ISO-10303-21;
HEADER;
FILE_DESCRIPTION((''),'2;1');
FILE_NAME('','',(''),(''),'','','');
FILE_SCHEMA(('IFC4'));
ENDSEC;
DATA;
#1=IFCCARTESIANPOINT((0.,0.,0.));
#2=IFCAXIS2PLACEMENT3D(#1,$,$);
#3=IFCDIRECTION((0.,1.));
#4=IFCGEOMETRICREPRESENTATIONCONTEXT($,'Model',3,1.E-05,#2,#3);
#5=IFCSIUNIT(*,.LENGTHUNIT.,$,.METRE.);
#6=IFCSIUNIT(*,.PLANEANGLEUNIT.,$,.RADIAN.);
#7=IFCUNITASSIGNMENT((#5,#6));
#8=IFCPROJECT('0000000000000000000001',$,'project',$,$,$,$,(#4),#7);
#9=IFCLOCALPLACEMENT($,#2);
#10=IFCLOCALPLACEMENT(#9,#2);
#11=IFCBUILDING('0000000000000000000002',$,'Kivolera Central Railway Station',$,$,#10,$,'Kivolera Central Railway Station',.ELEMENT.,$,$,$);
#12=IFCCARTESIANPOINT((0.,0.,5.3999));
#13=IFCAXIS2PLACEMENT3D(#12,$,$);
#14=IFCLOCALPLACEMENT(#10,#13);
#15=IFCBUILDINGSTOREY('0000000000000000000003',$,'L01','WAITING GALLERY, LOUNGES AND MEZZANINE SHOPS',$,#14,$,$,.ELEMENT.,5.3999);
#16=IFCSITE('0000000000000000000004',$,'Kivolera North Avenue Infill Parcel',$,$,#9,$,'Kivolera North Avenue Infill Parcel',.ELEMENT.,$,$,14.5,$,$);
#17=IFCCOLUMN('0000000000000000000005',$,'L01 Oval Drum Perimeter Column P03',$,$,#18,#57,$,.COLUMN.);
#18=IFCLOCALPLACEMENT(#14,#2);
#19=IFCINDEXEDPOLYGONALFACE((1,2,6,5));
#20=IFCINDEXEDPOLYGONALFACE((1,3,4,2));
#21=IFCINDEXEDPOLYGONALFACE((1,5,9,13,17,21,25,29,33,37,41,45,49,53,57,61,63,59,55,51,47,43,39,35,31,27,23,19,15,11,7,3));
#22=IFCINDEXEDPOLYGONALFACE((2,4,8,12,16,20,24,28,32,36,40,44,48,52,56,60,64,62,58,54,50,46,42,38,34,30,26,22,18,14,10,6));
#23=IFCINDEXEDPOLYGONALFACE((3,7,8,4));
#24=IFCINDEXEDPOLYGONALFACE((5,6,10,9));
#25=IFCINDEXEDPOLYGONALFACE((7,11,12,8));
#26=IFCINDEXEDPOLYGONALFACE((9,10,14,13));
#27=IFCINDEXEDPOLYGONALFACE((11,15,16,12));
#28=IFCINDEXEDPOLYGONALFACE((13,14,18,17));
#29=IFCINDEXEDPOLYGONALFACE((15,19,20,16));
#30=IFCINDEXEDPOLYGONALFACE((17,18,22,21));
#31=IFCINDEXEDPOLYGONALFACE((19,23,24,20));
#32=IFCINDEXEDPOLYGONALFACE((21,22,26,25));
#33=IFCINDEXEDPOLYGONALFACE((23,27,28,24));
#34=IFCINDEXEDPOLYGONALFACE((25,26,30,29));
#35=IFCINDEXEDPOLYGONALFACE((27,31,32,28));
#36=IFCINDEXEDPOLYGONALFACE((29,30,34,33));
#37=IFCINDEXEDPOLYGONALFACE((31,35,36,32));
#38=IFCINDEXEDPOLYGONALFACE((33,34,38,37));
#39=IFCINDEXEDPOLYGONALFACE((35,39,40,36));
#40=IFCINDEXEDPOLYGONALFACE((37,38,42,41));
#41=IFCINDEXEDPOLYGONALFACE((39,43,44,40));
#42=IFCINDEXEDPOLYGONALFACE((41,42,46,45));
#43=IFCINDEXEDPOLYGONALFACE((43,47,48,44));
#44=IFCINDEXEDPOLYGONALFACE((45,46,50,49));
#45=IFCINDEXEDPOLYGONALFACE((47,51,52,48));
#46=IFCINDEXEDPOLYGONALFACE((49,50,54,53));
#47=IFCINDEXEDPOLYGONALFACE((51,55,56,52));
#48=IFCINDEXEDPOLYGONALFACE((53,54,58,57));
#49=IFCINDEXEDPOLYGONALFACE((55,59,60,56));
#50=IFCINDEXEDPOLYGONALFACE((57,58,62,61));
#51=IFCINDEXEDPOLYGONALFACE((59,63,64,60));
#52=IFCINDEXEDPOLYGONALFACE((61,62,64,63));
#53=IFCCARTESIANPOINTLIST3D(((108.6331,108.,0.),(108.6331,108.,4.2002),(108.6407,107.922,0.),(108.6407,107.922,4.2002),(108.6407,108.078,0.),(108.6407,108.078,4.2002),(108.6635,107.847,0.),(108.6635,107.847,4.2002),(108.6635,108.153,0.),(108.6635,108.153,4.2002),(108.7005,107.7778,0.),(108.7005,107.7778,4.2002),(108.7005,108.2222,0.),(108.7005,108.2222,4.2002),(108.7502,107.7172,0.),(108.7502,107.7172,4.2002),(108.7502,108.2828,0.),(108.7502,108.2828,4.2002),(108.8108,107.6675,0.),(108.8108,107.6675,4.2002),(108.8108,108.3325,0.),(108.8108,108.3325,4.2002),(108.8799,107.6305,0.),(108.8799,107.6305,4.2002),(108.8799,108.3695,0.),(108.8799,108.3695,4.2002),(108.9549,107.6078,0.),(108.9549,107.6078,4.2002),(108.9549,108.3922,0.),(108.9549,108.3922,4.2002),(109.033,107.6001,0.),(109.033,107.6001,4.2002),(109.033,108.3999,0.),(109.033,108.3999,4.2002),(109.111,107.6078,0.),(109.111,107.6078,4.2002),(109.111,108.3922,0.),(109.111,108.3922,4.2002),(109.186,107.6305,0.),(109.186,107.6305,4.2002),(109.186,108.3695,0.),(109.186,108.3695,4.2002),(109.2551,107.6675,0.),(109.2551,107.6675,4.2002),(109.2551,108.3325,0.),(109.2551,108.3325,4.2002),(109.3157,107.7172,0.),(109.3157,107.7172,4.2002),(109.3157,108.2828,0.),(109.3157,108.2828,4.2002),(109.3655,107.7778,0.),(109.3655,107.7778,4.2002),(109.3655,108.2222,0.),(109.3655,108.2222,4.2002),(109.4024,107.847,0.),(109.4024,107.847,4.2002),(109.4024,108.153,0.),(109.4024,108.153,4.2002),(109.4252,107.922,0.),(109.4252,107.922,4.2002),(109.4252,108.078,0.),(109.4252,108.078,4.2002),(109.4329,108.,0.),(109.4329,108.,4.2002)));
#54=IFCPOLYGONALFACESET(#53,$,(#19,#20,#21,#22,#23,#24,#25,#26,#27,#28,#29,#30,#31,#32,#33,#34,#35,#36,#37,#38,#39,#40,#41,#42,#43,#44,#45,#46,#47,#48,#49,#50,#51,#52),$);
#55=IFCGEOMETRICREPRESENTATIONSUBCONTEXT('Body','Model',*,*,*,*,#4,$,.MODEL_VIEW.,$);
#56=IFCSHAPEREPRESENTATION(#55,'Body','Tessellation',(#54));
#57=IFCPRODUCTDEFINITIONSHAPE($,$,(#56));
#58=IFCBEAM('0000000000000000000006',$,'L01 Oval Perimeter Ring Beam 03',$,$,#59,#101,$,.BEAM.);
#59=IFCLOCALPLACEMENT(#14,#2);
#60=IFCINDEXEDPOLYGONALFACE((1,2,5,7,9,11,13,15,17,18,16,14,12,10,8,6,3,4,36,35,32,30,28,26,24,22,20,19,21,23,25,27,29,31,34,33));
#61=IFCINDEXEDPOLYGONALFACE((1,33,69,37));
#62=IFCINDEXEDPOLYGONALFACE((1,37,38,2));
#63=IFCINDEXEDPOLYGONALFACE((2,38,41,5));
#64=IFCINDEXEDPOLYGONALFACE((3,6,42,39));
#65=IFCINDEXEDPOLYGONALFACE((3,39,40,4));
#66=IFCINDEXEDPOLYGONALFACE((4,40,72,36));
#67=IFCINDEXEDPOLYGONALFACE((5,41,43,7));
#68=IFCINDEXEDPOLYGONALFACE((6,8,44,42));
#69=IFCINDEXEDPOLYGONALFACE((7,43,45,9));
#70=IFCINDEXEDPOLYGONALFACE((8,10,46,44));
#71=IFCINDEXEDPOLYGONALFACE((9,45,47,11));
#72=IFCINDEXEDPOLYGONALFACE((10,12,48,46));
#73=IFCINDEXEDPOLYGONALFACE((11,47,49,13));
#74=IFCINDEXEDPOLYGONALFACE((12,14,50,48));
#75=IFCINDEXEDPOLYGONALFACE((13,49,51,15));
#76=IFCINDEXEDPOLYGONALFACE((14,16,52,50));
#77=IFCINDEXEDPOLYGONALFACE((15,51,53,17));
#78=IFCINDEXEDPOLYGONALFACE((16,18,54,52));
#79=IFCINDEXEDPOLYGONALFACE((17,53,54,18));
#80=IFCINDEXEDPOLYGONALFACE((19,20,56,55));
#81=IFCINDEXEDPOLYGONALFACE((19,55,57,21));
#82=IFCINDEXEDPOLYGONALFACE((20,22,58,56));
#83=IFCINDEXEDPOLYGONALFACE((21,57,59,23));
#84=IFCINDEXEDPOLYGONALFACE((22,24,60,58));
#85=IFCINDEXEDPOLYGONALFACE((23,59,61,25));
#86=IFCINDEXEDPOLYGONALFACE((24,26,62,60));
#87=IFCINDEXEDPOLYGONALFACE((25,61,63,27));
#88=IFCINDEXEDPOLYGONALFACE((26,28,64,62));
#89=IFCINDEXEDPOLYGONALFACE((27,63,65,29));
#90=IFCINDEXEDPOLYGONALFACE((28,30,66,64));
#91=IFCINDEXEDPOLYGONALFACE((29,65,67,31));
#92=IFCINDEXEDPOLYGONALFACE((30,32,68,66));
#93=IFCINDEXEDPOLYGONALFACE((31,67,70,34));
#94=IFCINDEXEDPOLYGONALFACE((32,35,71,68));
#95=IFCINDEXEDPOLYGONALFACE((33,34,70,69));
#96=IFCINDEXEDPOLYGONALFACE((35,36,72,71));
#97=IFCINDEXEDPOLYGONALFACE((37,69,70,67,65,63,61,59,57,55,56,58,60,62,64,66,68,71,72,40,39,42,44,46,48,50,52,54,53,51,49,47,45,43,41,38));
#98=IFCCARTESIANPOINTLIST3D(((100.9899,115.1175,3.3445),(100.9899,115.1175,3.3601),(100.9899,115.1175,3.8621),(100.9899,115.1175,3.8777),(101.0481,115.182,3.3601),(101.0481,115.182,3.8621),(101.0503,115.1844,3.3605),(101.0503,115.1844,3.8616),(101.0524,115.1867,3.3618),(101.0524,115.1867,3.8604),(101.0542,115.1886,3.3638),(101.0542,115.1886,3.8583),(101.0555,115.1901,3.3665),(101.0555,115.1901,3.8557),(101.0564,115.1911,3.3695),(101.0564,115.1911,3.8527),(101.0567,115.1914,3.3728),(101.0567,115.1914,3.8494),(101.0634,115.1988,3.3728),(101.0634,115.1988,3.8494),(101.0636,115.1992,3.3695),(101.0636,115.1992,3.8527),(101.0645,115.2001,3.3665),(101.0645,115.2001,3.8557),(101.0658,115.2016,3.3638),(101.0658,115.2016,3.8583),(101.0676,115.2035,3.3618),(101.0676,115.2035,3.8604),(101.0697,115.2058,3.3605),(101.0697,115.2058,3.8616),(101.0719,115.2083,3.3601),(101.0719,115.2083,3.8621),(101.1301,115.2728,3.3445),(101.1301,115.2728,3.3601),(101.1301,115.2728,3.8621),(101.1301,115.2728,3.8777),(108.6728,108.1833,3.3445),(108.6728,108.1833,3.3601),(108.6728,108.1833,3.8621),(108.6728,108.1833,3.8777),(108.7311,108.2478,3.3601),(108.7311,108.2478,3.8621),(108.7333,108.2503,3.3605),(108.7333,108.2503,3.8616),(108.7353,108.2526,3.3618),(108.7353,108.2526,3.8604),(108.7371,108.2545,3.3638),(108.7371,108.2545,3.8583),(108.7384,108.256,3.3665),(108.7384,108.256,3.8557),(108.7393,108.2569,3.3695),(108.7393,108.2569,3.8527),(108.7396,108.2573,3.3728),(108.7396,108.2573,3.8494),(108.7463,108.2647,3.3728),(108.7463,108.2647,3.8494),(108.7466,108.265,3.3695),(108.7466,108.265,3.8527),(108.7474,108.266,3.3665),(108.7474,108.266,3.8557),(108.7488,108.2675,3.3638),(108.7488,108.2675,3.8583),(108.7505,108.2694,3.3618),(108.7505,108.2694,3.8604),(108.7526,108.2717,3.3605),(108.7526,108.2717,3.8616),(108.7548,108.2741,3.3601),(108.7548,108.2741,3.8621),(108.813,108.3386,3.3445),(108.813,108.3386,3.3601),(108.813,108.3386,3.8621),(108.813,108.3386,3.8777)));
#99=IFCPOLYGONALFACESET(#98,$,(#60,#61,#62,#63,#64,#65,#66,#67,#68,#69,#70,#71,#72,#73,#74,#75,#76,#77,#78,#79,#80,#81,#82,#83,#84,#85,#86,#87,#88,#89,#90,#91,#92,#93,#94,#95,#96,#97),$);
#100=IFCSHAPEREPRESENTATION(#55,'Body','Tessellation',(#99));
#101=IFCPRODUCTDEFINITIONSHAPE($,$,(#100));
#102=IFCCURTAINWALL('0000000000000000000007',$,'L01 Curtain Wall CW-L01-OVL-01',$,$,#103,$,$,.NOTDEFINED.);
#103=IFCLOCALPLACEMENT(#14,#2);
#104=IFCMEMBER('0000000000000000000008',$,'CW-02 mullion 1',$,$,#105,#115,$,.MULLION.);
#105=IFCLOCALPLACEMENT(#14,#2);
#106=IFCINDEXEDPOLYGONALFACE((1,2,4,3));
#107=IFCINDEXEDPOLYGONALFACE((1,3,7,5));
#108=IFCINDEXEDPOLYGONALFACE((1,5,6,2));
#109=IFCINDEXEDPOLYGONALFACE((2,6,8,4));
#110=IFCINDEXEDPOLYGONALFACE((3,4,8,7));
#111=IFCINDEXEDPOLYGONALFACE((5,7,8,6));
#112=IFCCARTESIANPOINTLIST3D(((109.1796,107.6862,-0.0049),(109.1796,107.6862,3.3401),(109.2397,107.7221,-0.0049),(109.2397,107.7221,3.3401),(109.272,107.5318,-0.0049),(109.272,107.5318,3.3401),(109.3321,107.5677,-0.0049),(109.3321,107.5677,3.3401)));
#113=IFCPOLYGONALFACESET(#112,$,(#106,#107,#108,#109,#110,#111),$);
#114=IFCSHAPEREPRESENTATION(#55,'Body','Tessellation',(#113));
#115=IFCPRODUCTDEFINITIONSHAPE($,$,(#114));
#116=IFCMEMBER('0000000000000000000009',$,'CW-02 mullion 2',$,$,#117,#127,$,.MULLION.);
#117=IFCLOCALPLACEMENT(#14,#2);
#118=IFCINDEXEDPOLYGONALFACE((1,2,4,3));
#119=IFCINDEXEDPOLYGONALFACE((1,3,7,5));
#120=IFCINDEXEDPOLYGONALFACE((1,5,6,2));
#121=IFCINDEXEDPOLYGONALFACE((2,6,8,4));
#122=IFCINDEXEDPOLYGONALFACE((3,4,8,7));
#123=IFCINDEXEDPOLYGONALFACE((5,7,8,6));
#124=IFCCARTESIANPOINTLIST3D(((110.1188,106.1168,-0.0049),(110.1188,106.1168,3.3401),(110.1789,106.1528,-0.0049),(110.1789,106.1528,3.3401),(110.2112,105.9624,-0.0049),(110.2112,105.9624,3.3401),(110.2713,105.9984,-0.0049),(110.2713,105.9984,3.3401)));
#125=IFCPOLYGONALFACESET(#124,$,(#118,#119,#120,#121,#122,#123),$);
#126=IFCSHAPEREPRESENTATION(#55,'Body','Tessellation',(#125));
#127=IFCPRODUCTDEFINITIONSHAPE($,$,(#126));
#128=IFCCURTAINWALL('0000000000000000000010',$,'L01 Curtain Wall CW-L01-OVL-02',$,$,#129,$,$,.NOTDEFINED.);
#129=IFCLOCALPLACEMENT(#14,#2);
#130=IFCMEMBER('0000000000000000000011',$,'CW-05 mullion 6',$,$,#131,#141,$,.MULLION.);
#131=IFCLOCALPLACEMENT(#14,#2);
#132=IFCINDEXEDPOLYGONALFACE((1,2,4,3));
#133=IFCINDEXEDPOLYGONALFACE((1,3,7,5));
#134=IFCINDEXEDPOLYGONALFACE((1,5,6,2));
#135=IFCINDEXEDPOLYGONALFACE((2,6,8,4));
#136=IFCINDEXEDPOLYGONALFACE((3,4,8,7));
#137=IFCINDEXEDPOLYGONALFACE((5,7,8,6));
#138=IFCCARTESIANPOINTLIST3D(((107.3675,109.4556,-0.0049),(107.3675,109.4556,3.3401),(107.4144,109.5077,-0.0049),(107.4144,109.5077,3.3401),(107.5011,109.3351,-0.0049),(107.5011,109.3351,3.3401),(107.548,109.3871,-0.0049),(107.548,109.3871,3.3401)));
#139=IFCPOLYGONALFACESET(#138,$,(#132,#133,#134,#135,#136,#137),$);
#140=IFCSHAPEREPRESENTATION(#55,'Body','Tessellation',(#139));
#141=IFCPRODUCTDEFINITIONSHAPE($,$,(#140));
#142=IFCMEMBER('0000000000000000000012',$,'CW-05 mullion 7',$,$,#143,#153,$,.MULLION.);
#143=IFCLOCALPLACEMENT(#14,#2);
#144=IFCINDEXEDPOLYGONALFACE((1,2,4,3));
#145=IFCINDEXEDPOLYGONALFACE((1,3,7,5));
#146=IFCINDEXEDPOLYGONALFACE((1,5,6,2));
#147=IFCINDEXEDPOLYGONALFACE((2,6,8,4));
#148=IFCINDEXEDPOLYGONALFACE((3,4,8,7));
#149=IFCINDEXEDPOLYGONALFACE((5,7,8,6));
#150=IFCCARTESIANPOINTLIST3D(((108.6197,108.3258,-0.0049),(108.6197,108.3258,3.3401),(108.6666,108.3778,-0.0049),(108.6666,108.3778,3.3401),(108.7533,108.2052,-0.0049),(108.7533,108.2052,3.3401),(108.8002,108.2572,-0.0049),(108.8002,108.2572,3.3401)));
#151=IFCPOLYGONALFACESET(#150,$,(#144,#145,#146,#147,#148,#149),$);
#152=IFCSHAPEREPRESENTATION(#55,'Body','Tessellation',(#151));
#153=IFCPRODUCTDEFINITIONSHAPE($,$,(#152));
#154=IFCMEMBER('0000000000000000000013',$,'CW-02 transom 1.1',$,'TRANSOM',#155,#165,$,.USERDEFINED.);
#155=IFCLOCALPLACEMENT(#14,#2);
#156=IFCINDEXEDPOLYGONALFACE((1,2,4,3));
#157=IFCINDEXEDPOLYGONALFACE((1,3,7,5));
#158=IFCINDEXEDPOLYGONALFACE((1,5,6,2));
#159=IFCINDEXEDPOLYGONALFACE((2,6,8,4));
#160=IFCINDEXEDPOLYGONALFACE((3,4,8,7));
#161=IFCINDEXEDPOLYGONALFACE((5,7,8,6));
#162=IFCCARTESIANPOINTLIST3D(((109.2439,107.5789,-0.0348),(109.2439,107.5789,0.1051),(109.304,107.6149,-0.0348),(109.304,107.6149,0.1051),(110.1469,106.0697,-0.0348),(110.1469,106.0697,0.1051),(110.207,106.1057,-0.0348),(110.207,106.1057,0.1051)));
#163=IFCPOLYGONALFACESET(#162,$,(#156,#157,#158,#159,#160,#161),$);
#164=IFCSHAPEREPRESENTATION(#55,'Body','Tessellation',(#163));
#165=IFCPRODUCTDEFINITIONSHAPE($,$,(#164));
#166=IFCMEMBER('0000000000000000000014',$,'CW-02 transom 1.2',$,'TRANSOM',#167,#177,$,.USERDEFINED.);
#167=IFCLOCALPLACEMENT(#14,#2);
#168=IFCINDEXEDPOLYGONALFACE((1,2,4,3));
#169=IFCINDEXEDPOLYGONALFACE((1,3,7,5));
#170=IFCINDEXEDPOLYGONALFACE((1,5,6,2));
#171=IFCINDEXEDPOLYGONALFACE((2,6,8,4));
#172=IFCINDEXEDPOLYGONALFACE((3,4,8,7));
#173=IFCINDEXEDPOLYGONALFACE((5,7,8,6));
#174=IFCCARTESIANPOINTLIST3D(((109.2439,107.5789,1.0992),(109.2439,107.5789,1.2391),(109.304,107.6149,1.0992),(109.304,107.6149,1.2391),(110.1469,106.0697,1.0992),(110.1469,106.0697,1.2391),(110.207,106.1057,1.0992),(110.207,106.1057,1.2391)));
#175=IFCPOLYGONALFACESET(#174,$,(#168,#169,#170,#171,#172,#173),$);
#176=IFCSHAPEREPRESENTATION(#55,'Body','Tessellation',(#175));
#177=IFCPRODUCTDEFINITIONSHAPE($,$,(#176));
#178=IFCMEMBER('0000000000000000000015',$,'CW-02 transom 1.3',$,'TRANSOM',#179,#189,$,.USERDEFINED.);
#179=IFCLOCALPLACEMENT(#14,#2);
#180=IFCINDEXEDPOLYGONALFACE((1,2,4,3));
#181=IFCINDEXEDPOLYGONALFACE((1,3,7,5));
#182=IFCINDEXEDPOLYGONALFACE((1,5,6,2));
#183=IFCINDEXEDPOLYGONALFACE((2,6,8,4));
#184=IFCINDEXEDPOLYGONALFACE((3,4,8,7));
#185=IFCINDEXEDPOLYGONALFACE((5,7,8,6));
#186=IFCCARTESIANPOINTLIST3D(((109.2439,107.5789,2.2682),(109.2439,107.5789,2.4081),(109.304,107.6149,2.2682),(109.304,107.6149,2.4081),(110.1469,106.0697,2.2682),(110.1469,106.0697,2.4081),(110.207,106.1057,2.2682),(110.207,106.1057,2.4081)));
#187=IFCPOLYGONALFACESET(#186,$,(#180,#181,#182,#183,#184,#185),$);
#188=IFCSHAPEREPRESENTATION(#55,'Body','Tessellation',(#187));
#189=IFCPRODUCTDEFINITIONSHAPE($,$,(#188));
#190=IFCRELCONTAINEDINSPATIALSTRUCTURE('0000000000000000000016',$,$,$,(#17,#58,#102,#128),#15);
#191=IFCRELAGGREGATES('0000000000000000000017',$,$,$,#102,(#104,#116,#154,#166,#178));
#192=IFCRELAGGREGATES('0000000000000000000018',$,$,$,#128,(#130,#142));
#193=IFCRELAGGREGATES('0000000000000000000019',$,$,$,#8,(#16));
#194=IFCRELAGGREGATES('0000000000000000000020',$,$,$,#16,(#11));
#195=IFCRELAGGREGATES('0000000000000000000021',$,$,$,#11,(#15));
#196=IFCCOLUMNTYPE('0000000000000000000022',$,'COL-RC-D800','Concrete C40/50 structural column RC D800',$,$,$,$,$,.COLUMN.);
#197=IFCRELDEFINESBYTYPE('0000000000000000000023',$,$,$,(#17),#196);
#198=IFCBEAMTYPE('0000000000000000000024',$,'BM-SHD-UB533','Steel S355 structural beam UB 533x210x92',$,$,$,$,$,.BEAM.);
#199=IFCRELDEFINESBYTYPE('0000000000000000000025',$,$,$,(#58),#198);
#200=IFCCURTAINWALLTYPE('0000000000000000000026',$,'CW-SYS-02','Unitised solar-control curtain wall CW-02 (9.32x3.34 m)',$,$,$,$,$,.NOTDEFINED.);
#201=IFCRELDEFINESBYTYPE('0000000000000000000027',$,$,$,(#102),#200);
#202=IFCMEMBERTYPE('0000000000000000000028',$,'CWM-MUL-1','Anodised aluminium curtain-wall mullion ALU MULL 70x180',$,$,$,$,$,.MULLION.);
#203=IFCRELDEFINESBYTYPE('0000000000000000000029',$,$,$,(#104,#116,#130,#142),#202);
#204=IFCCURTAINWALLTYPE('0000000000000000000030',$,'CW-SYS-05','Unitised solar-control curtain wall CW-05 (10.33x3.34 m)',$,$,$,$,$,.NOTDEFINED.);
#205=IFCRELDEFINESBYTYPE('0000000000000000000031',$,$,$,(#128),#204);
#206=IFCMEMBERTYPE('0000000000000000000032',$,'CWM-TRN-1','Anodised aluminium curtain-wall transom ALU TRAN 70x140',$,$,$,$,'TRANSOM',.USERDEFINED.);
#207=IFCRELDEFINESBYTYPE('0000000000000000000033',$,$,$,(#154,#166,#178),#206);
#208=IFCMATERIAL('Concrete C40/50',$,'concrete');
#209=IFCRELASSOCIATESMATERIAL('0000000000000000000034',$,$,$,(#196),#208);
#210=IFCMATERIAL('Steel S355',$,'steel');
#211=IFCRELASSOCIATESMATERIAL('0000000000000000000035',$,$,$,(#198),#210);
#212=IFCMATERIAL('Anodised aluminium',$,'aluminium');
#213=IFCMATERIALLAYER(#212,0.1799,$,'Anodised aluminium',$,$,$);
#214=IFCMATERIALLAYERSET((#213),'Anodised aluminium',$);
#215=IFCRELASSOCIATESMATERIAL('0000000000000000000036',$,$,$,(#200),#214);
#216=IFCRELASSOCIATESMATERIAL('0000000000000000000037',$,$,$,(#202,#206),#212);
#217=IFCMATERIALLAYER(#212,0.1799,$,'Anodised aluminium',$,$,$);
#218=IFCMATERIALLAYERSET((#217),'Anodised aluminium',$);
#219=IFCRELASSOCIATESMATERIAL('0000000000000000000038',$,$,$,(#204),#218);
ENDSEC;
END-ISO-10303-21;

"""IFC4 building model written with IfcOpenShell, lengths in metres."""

from ifc_helpers import new_model, si_unit, direction, frame, origin, origin_2d, place, context, subcontext, project, spatial, rectangle, circle, i_section, extrude, material, layer, layer_set, material_profile, profile_set, type_object, element, aggregate, save


model = new_model("IFC4")

# Units and contexts
model_context = context("Model", 3, precision=1e-05, world=origin(), true_north=direction((0.0, 1.0)))
body_context = subcontext(model_context, "Body", "Model", "MODEL_VIEW")
ifc_project = project(units=[si_unit("LENGTHUNIT", "METRE"), si_unit("PLANEANGLEUNIT", "RADIAN")], contexts=[model_context])

# Site, building, storey
site_placement = place(None, origin())
site = spatial("IfcSite", under=ifc_project, at=site_placement, Name="Kivolera North Avenue Infill Parcel", LongName="Kivolera North Avenue Infill Parcel", CompositionType="ELEMENT", RefElevation=14.5)
building_placement = place(site_placement, origin())
building = spatial("IfcBuilding", under=site, at=building_placement, Name="Kivolera Central Railway Station", LongName="Kivolera Central Railway Station", CompositionType="ELEMENT")
storey_placement = place(building_placement, frame((0.0, 0.0, 5.3999)))
storey = spatial("IfcBuildingStorey", under=building, at=storey_placement, Name="L01", Description="WAITING GALLERY, LOUNGES AND MEZZANINE SHOPS", CompositionType="ELEMENT", Elevation=5.3999)

# Column
ifc_material_1 = material(Name="Concrete C40/50", Category="concrete")
ifc_material_profile_1 = material_profile(ifc_material_1, circle(Radius=0.3999, at=origin_2d()), Name="RC D800")
ifc_profile_set_1 = profile_set([ifc_material_profile_1], Name="Concrete C40/50")
column_type = type_object("IfcColumnType", Name="COL-RC-D800", Description="Concrete C40/50 structural column RC D800", PredefinedType="COLUMN", material=ifc_profile_set_1)
column_placement = place(storey_placement, frame((109.033, 108.0, 0.0), z_axis=(0.0, 0.0, 1.0), x_axis=(1.0, 0.0, 0.0)))
element("IfcColumn", 1, at=column_placement, inside=storey, type_object=column_type, Name="L01 Oval Drum Perimeter Column P03", PredefinedType="COLUMN", context=body_context, shape_type="SweptSolid", body=[
    extrude(circle(Radius=0.3999, at=origin_2d()), origin(), (0.0, 0.0, 1.0), 4.2002),
])

# Beam
ifc_material_2 = material(Name="Steel S355", Category="steel")
ifc_material_profile_2 = material_profile(ifc_material_2, i_section(OverallWidth=0.2092, OverallDepth=0.5332, WebThickness=0.01, FlangeThickness=0.0156, FilletRadius=0.0127, at=origin_2d()), Name="UB 533x210x92")
ifc_profile_set_2 = profile_set([ifc_material_profile_2], Name="Steel S355")
beam_type = type_object("IfcBeamType", Name="BM-SHD-UB533", Description="Steel S355 structural beam UB 533x210x92", PredefinedType="BEAM", material=ifc_profile_set_2)
beam_placement = place(storey_placement, frame((108.7429, 108.261, 3.6111), z_axis=(-0.742356, 0.670005, 0.0), x_axis=(-0.670005, -0.742356, 0.0)))
element("IfcBeam", 2, at=beam_placement, inside=storey, type_object=beam_type, Name="L01 Oval Perimeter Ring Beam 03", PredefinedType="BEAM", context=body_context, shape_type="SweptSolid", body=[
    extrude(i_section(OverallWidth=0.2092, OverallDepth=0.5332, WebThickness=0.01, FlangeThickness=0.0156, FilletRadius=0.0127, at=origin_2d()), origin(), (0.0, 0.0, 1.0), 10.3494),
])

# Curtain walls, members
ifc_material_3 = material(Name="Anodised aluminium", Category="aluminium")
ifc_layer_1 = layer(ifc_material_3, 0.1799, Name="Anodised aluminium")
ifc_layer_set_1 = layer_set([ifc_layer_1], Name="Anodised aluminium")
curtain_wall_type_1 = type_object("IfcCurtainWallType", Name="CW-SYS-02", Description="Unitised solar-control curtain wall CW-02 (9.32x3.34 m)", PredefinedType="NOTDEFINED", material=ifc_layer_set_1)
curtain_wall_1_placement = place(storey_placement, origin())
curtain_wall_1 = element("IfcCurtainWall", 3, at=curtain_wall_1_placement, inside=storey, type_object=curtain_wall_type_1, Name="L01 Curtain Wall CW-L01-OVL-01", PredefinedType="NOTDEFINED")
ifc_material_profile_3 = material_profile(ifc_material_3, rectangle(XDim=0.0701, YDim=0.1799, at=origin_2d()), Name="ALU MULL 70x180")
ifc_profile_set_3 = profile_set([ifc_material_profile_3], Name="Anodised aluminium")
member_type_1 = type_object("IfcMemberType", Name="CWM-MUL-1", Description="Anodised aluminium curtain-wall mullion ALU MULL 70x180", PredefinedType="MULLION", material=ifc_profile_set_3)
member_1_placement = place(storey_placement, frame((109.2559, 107.627, -0.0049), z_axis=(0.0, 0.0, 1.0), x_axis=(0.858117, 0.513454, 0.0)))
member_1 = element("IfcMember", 4, at=member_1_placement, type_object=member_type_1, Name="CW-02 mullion 1", PredefinedType="MULLION", context=body_context, shape_type="SweptSolid", body=[
    extrude(rectangle(XDim=0.0701, YDim=0.1799, at=origin_2d()), origin(), (0.0, 0.0, 1.0), 3.345),
])
member_2_placement = place(storey_placement, frame((110.1951, 106.0576, -0.0049), z_axis=(0.0, 0.0, 1.0), x_axis=(0.858117, 0.513454, 0.0)))
member_2 = element("IfcMember", 5, at=member_2_placement, type_object=member_type_1, Name="CW-02 mullion 2", PredefinedType="MULLION", context=body_context, shape_type="SweptSolid", body=[
    extrude(rectangle(XDim=0.0701, YDim=0.1799, at=origin_2d()), origin(), (0.0, 0.0, 1.0), 3.345),
])
ifc_layer_2 = layer(ifc_material_3, 0.1799, Name="Anodised aluminium")
ifc_layer_set_2 = layer_set([ifc_layer_2], Name="Anodised aluminium")
curtain_wall_type_2 = type_object("IfcCurtainWallType", Name="CW-SYS-05", Description="Unitised solar-control curtain wall CW-05 (10.33x3.34 m)", PredefinedType="NOTDEFINED", material=ifc_layer_set_2)
curtain_wall_2_placement = place(storey_placement, origin())
curtain_wall_2 = element("IfcCurtainWall", 6, at=curtain_wall_2_placement, inside=storey, type_object=curtain_wall_type_2, Name="L01 Curtain Wall CW-L01-OVL-02", PredefinedType="NOTDEFINED")
member_3_placement = place(storey_placement, frame((107.4578, 109.4214, -0.0049), z_axis=(0.0, 0.0, 1.0), x_axis=(0.669922, 0.742432, 0.0)))
member_3 = element("IfcMember", 7, at=member_3_placement, type_object=member_type_1, Name="CW-05 mullion 6", PredefinedType="MULLION", context=body_context, shape_type="SweptSolid", body=[
    extrude(rectangle(XDim=0.0701, YDim=0.1799, at=origin_2d()), origin(), (0.0, 0.0, 1.0), 3.345),
])
member_4_placement = place(storey_placement, frame((108.71, 108.2915, -0.0049), z_axis=(0.0, 0.0, 1.0), x_axis=(0.669922, 0.742432, 0.0)))
member_4 = element("IfcMember", 8, at=member_4_placement, type_object=member_type_1, Name="CW-05 mullion 7", PredefinedType="MULLION", context=body_context, shape_type="SweptSolid", body=[
    extrude(rectangle(XDim=0.0701, YDim=0.1799, at=origin_2d()), origin(), (0.0, 0.0, 1.0), 3.345),
])

# Members
ifc_material_profile_4 = material_profile(ifc_material_3, rectangle(XDim=0.0701, YDim=0.1399, at=origin_2d()), Name="ALU TRAN 70x140")
ifc_profile_set_4 = profile_set([ifc_material_profile_4], Name="Anodised aluminium")
member_type_2 = type_object("IfcMemberType", Name="CWM-TRN-1", Description="Anodised aluminium curtain-wall transom ALU TRAN 70x140", ElementType="TRANSOM", PredefinedType="USERDEFINED", material=ifc_profile_set_4)
member_5_placement = place(storey_placement, frame((109.2739, 107.5969, 0.0352), z_axis=(0.513454, -0.858117, 0.0), x_axis=(0.858117, 0.513454, 0.0)))
member_5 = element("IfcMember", 9, at=member_5_placement, type_object=member_type_2, Name="CW-02 transom 1.1", ObjectType="TRANSOM", PredefinedType="USERDEFINED", context=body_context, shape_type="SweptSolid", body=[
    extrude(rectangle(XDim=0.0701, YDim=0.1399, at=origin_2d()), origin(), (0.0, 0.0, 1.0), 1.7588),
])
member_6_placement = place(storey_placement, frame((109.2739, 107.5969, 1.1692), z_axis=(0.513454, -0.858117, 0.0), x_axis=(0.858117, 0.513454, 0.0)))
member_6 = element("IfcMember", 10, at=member_6_placement, type_object=member_type_2, Name="CW-02 transom 1.2", ObjectType="TRANSOM", PredefinedType="USERDEFINED", context=body_context, shape_type="SweptSolid", body=[
    extrude(rectangle(XDim=0.0701, YDim=0.1399, at=origin_2d()), origin(), (0.0, 0.0, 1.0), 1.7588),
])
member_7_placement = place(storey_placement, frame((109.2739, 107.5969, 2.3381), z_axis=(0.513454, -0.858117, 0.0), x_axis=(0.858117, 0.513454, 0.0)))
member_7 = element("IfcMember", 11, at=member_7_placement, type_object=member_type_2, Name="CW-02 transom 1.3", ObjectType="TRANSOM", PredefinedType="USERDEFINED", context=body_context, shape_type="SweptSolid", body=[
    extrude(rectangle(XDim=0.0701, YDim=0.1399, at=origin_2d()), origin(), (0.0, 0.0, 1.0), 1.7588),
])

aggregate(curtain_wall_1, [member_1, member_2, member_5, member_6, member_7])
aggregate(curtain_wall_2, [member_3, member_4])

save(model, "model.ifc")
